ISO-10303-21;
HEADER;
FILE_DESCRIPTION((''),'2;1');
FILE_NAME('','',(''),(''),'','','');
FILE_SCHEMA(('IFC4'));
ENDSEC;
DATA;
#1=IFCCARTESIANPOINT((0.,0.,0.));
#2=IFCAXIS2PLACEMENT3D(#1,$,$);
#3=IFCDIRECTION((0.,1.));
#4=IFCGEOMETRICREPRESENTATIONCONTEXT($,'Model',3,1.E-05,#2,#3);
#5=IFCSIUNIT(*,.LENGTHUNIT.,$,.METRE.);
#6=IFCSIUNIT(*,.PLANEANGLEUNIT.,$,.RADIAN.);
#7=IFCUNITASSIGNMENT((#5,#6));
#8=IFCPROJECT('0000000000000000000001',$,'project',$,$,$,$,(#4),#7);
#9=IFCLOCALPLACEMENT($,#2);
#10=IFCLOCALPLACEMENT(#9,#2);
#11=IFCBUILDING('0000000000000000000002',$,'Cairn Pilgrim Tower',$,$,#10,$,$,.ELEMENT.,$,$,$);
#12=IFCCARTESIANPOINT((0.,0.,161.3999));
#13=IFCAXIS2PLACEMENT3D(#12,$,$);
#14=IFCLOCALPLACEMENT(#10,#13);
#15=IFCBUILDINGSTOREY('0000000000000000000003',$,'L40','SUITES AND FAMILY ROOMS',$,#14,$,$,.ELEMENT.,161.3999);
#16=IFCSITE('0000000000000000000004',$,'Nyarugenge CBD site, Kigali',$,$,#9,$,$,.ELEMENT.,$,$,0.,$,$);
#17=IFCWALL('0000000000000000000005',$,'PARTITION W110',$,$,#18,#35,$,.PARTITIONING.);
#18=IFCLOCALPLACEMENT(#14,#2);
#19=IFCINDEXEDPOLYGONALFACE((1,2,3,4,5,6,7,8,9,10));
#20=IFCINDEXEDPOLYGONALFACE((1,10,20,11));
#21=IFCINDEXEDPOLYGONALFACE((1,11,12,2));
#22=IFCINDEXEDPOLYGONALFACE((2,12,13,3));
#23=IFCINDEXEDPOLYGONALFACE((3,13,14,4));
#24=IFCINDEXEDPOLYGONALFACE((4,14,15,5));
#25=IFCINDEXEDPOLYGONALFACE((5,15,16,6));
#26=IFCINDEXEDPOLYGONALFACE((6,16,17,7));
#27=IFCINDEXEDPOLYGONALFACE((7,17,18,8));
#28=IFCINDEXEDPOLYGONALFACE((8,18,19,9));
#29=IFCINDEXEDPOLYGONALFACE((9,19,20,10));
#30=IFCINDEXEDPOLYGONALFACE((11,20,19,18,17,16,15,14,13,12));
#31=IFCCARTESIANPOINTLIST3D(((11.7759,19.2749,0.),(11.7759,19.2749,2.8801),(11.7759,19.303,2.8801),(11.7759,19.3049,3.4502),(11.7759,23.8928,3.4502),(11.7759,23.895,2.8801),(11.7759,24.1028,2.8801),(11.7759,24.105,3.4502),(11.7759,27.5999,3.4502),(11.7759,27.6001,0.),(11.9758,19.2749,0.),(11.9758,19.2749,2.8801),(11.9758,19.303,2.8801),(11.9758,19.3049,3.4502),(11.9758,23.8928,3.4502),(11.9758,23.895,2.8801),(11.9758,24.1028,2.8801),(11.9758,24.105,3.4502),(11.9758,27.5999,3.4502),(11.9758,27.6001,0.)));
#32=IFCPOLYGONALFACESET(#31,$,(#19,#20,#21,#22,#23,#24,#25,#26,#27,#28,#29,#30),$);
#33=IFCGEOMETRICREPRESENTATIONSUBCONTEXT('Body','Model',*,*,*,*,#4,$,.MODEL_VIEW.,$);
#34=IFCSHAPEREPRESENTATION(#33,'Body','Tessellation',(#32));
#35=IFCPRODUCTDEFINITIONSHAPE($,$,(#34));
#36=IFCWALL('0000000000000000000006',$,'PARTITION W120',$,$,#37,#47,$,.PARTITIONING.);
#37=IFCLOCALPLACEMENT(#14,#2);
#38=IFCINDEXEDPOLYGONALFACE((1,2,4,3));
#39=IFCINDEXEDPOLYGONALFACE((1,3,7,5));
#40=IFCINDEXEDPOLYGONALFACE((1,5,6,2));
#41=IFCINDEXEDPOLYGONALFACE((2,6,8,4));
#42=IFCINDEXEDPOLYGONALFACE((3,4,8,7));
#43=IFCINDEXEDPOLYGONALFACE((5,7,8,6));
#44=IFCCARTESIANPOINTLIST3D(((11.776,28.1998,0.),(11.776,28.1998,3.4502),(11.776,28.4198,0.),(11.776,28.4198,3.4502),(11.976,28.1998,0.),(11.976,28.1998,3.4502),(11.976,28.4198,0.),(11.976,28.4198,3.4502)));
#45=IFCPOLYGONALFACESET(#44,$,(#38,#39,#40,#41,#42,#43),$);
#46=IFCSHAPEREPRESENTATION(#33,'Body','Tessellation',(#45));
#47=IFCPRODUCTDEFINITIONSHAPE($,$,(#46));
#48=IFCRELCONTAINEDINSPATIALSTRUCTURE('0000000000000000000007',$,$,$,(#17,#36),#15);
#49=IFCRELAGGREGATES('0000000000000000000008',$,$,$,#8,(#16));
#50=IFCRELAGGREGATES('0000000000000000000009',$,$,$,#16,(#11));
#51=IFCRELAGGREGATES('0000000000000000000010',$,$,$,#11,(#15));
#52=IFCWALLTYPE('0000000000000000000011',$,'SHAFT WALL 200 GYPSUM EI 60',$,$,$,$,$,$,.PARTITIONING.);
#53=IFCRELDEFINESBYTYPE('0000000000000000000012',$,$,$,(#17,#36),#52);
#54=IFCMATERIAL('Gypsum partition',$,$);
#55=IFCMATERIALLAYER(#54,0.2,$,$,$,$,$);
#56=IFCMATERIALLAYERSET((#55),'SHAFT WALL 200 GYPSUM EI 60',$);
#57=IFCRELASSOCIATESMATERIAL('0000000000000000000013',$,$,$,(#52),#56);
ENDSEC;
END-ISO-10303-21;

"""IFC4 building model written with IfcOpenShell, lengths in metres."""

from ifc_helpers import new_model, si_unit, direction, frame, frame_2d, origin, place, context, subcontext, project, spatial, polyline, rectangle, outline, extrude, material, layer, layer_set, type_object, element, save


model = new_model("IFC4")

# Units and contexts
model_context = context("Model", 3, precision=1e-05, world=origin(), true_north=direction((0.0, 1.0)))
body_context = subcontext(model_context, "Body", "Model", "MODEL_VIEW")
ifc_project = project(units=[si_unit("LENGTHUNIT", "METRE"), si_unit("PLANEANGLEUNIT", "RADIAN")], contexts=[model_context])

# Site, building, storey
site_placement = place(None, origin())
site = spatial("IfcSite", under=ifc_project, at=site_placement, Name="Nyarugenge CBD site, Kigali", CompositionType="ELEMENT", RefElevation=0.0)
building_placement = place(site_placement, origin())
building = spatial("IfcBuilding", under=site, at=building_placement, Name="Cairn Pilgrim Tower", CompositionType="ELEMENT")
storey_placement = place(building_placement, frame((0.0, 0.0, 161.3999)))
storey = spatial("IfcBuildingStorey", under=building, at=storey_placement, Name="L40", Description="SUITES AND FAMILY ROOMS", CompositionType="ELEMENT", Elevation=161.3999)

# Shared definitions
ifc_material_1 = material(Name="Gypsum partition")

# Walls
ifc_layer_1 = layer(ifc_material_1, 0.2)
ifc_layer_set_1 = layer_set([ifc_layer_1], Name="SHAFT WALL 200 GYPSUM EI 60")
wall_type_1 = type_object("IfcWallType", Name="SHAFT WALL 200 GYPSUM EI 60", PredefinedType="PARTITIONING", material=ifc_layer_set_1)
wall_1_placement = place(storey_placement, frame((11.876, 19.2749, 0.0), z_axis=(0.0, 0.0, 1.0), x_axis=(0.0, 1.0, 0.0)))
element("IfcWall", 1, at=wall_1_placement, inside=storey, type_object=wall_type_1, Name="PARTITION W110", PredefinedType="PARTITIONING", context=body_context, shape_type="SweptSolid", body=[
    extrude(outline(polyline([(0.0, 0.0), (8.3252, 0.0), (8.325, 3.4502), (4.8301, 3.4502), (4.8279, 2.8801), (4.6201, 2.8801), (4.6179, 3.4502), (0.03, 3.4502), (0.0281, 2.8801), (0.0, 2.8801), (0.0, 0.0)])), frame((0.0, 0.1001, 0.0), z_axis=(0.0, -1.0, 0.0), x_axis=(1.0, 0.0, 0.0)), (0.0, 0.0, 1.0), 0.2),
])
wall_2_placement = place(storey_placement, frame((11.876, 28.2, 0.0), z_axis=(0.0, 0.0, 1.0), x_axis=(0.0, 1.0, 0.0)))
element("IfcWall", 2, at=wall_2_placement, inside=storey, type_object=wall_type_1, Name="PARTITION W120", PredefinedType="PARTITIONING", context=body_context, shape_type="SweptSolid", body=[
    extrude(rectangle(XDim=0.22, YDim=0.2, at=frame_2d((0.1099, 0.0))), origin(), (0.0, 0.0, 1.0), 3.4502),
])

save(model, "model.ifc")
